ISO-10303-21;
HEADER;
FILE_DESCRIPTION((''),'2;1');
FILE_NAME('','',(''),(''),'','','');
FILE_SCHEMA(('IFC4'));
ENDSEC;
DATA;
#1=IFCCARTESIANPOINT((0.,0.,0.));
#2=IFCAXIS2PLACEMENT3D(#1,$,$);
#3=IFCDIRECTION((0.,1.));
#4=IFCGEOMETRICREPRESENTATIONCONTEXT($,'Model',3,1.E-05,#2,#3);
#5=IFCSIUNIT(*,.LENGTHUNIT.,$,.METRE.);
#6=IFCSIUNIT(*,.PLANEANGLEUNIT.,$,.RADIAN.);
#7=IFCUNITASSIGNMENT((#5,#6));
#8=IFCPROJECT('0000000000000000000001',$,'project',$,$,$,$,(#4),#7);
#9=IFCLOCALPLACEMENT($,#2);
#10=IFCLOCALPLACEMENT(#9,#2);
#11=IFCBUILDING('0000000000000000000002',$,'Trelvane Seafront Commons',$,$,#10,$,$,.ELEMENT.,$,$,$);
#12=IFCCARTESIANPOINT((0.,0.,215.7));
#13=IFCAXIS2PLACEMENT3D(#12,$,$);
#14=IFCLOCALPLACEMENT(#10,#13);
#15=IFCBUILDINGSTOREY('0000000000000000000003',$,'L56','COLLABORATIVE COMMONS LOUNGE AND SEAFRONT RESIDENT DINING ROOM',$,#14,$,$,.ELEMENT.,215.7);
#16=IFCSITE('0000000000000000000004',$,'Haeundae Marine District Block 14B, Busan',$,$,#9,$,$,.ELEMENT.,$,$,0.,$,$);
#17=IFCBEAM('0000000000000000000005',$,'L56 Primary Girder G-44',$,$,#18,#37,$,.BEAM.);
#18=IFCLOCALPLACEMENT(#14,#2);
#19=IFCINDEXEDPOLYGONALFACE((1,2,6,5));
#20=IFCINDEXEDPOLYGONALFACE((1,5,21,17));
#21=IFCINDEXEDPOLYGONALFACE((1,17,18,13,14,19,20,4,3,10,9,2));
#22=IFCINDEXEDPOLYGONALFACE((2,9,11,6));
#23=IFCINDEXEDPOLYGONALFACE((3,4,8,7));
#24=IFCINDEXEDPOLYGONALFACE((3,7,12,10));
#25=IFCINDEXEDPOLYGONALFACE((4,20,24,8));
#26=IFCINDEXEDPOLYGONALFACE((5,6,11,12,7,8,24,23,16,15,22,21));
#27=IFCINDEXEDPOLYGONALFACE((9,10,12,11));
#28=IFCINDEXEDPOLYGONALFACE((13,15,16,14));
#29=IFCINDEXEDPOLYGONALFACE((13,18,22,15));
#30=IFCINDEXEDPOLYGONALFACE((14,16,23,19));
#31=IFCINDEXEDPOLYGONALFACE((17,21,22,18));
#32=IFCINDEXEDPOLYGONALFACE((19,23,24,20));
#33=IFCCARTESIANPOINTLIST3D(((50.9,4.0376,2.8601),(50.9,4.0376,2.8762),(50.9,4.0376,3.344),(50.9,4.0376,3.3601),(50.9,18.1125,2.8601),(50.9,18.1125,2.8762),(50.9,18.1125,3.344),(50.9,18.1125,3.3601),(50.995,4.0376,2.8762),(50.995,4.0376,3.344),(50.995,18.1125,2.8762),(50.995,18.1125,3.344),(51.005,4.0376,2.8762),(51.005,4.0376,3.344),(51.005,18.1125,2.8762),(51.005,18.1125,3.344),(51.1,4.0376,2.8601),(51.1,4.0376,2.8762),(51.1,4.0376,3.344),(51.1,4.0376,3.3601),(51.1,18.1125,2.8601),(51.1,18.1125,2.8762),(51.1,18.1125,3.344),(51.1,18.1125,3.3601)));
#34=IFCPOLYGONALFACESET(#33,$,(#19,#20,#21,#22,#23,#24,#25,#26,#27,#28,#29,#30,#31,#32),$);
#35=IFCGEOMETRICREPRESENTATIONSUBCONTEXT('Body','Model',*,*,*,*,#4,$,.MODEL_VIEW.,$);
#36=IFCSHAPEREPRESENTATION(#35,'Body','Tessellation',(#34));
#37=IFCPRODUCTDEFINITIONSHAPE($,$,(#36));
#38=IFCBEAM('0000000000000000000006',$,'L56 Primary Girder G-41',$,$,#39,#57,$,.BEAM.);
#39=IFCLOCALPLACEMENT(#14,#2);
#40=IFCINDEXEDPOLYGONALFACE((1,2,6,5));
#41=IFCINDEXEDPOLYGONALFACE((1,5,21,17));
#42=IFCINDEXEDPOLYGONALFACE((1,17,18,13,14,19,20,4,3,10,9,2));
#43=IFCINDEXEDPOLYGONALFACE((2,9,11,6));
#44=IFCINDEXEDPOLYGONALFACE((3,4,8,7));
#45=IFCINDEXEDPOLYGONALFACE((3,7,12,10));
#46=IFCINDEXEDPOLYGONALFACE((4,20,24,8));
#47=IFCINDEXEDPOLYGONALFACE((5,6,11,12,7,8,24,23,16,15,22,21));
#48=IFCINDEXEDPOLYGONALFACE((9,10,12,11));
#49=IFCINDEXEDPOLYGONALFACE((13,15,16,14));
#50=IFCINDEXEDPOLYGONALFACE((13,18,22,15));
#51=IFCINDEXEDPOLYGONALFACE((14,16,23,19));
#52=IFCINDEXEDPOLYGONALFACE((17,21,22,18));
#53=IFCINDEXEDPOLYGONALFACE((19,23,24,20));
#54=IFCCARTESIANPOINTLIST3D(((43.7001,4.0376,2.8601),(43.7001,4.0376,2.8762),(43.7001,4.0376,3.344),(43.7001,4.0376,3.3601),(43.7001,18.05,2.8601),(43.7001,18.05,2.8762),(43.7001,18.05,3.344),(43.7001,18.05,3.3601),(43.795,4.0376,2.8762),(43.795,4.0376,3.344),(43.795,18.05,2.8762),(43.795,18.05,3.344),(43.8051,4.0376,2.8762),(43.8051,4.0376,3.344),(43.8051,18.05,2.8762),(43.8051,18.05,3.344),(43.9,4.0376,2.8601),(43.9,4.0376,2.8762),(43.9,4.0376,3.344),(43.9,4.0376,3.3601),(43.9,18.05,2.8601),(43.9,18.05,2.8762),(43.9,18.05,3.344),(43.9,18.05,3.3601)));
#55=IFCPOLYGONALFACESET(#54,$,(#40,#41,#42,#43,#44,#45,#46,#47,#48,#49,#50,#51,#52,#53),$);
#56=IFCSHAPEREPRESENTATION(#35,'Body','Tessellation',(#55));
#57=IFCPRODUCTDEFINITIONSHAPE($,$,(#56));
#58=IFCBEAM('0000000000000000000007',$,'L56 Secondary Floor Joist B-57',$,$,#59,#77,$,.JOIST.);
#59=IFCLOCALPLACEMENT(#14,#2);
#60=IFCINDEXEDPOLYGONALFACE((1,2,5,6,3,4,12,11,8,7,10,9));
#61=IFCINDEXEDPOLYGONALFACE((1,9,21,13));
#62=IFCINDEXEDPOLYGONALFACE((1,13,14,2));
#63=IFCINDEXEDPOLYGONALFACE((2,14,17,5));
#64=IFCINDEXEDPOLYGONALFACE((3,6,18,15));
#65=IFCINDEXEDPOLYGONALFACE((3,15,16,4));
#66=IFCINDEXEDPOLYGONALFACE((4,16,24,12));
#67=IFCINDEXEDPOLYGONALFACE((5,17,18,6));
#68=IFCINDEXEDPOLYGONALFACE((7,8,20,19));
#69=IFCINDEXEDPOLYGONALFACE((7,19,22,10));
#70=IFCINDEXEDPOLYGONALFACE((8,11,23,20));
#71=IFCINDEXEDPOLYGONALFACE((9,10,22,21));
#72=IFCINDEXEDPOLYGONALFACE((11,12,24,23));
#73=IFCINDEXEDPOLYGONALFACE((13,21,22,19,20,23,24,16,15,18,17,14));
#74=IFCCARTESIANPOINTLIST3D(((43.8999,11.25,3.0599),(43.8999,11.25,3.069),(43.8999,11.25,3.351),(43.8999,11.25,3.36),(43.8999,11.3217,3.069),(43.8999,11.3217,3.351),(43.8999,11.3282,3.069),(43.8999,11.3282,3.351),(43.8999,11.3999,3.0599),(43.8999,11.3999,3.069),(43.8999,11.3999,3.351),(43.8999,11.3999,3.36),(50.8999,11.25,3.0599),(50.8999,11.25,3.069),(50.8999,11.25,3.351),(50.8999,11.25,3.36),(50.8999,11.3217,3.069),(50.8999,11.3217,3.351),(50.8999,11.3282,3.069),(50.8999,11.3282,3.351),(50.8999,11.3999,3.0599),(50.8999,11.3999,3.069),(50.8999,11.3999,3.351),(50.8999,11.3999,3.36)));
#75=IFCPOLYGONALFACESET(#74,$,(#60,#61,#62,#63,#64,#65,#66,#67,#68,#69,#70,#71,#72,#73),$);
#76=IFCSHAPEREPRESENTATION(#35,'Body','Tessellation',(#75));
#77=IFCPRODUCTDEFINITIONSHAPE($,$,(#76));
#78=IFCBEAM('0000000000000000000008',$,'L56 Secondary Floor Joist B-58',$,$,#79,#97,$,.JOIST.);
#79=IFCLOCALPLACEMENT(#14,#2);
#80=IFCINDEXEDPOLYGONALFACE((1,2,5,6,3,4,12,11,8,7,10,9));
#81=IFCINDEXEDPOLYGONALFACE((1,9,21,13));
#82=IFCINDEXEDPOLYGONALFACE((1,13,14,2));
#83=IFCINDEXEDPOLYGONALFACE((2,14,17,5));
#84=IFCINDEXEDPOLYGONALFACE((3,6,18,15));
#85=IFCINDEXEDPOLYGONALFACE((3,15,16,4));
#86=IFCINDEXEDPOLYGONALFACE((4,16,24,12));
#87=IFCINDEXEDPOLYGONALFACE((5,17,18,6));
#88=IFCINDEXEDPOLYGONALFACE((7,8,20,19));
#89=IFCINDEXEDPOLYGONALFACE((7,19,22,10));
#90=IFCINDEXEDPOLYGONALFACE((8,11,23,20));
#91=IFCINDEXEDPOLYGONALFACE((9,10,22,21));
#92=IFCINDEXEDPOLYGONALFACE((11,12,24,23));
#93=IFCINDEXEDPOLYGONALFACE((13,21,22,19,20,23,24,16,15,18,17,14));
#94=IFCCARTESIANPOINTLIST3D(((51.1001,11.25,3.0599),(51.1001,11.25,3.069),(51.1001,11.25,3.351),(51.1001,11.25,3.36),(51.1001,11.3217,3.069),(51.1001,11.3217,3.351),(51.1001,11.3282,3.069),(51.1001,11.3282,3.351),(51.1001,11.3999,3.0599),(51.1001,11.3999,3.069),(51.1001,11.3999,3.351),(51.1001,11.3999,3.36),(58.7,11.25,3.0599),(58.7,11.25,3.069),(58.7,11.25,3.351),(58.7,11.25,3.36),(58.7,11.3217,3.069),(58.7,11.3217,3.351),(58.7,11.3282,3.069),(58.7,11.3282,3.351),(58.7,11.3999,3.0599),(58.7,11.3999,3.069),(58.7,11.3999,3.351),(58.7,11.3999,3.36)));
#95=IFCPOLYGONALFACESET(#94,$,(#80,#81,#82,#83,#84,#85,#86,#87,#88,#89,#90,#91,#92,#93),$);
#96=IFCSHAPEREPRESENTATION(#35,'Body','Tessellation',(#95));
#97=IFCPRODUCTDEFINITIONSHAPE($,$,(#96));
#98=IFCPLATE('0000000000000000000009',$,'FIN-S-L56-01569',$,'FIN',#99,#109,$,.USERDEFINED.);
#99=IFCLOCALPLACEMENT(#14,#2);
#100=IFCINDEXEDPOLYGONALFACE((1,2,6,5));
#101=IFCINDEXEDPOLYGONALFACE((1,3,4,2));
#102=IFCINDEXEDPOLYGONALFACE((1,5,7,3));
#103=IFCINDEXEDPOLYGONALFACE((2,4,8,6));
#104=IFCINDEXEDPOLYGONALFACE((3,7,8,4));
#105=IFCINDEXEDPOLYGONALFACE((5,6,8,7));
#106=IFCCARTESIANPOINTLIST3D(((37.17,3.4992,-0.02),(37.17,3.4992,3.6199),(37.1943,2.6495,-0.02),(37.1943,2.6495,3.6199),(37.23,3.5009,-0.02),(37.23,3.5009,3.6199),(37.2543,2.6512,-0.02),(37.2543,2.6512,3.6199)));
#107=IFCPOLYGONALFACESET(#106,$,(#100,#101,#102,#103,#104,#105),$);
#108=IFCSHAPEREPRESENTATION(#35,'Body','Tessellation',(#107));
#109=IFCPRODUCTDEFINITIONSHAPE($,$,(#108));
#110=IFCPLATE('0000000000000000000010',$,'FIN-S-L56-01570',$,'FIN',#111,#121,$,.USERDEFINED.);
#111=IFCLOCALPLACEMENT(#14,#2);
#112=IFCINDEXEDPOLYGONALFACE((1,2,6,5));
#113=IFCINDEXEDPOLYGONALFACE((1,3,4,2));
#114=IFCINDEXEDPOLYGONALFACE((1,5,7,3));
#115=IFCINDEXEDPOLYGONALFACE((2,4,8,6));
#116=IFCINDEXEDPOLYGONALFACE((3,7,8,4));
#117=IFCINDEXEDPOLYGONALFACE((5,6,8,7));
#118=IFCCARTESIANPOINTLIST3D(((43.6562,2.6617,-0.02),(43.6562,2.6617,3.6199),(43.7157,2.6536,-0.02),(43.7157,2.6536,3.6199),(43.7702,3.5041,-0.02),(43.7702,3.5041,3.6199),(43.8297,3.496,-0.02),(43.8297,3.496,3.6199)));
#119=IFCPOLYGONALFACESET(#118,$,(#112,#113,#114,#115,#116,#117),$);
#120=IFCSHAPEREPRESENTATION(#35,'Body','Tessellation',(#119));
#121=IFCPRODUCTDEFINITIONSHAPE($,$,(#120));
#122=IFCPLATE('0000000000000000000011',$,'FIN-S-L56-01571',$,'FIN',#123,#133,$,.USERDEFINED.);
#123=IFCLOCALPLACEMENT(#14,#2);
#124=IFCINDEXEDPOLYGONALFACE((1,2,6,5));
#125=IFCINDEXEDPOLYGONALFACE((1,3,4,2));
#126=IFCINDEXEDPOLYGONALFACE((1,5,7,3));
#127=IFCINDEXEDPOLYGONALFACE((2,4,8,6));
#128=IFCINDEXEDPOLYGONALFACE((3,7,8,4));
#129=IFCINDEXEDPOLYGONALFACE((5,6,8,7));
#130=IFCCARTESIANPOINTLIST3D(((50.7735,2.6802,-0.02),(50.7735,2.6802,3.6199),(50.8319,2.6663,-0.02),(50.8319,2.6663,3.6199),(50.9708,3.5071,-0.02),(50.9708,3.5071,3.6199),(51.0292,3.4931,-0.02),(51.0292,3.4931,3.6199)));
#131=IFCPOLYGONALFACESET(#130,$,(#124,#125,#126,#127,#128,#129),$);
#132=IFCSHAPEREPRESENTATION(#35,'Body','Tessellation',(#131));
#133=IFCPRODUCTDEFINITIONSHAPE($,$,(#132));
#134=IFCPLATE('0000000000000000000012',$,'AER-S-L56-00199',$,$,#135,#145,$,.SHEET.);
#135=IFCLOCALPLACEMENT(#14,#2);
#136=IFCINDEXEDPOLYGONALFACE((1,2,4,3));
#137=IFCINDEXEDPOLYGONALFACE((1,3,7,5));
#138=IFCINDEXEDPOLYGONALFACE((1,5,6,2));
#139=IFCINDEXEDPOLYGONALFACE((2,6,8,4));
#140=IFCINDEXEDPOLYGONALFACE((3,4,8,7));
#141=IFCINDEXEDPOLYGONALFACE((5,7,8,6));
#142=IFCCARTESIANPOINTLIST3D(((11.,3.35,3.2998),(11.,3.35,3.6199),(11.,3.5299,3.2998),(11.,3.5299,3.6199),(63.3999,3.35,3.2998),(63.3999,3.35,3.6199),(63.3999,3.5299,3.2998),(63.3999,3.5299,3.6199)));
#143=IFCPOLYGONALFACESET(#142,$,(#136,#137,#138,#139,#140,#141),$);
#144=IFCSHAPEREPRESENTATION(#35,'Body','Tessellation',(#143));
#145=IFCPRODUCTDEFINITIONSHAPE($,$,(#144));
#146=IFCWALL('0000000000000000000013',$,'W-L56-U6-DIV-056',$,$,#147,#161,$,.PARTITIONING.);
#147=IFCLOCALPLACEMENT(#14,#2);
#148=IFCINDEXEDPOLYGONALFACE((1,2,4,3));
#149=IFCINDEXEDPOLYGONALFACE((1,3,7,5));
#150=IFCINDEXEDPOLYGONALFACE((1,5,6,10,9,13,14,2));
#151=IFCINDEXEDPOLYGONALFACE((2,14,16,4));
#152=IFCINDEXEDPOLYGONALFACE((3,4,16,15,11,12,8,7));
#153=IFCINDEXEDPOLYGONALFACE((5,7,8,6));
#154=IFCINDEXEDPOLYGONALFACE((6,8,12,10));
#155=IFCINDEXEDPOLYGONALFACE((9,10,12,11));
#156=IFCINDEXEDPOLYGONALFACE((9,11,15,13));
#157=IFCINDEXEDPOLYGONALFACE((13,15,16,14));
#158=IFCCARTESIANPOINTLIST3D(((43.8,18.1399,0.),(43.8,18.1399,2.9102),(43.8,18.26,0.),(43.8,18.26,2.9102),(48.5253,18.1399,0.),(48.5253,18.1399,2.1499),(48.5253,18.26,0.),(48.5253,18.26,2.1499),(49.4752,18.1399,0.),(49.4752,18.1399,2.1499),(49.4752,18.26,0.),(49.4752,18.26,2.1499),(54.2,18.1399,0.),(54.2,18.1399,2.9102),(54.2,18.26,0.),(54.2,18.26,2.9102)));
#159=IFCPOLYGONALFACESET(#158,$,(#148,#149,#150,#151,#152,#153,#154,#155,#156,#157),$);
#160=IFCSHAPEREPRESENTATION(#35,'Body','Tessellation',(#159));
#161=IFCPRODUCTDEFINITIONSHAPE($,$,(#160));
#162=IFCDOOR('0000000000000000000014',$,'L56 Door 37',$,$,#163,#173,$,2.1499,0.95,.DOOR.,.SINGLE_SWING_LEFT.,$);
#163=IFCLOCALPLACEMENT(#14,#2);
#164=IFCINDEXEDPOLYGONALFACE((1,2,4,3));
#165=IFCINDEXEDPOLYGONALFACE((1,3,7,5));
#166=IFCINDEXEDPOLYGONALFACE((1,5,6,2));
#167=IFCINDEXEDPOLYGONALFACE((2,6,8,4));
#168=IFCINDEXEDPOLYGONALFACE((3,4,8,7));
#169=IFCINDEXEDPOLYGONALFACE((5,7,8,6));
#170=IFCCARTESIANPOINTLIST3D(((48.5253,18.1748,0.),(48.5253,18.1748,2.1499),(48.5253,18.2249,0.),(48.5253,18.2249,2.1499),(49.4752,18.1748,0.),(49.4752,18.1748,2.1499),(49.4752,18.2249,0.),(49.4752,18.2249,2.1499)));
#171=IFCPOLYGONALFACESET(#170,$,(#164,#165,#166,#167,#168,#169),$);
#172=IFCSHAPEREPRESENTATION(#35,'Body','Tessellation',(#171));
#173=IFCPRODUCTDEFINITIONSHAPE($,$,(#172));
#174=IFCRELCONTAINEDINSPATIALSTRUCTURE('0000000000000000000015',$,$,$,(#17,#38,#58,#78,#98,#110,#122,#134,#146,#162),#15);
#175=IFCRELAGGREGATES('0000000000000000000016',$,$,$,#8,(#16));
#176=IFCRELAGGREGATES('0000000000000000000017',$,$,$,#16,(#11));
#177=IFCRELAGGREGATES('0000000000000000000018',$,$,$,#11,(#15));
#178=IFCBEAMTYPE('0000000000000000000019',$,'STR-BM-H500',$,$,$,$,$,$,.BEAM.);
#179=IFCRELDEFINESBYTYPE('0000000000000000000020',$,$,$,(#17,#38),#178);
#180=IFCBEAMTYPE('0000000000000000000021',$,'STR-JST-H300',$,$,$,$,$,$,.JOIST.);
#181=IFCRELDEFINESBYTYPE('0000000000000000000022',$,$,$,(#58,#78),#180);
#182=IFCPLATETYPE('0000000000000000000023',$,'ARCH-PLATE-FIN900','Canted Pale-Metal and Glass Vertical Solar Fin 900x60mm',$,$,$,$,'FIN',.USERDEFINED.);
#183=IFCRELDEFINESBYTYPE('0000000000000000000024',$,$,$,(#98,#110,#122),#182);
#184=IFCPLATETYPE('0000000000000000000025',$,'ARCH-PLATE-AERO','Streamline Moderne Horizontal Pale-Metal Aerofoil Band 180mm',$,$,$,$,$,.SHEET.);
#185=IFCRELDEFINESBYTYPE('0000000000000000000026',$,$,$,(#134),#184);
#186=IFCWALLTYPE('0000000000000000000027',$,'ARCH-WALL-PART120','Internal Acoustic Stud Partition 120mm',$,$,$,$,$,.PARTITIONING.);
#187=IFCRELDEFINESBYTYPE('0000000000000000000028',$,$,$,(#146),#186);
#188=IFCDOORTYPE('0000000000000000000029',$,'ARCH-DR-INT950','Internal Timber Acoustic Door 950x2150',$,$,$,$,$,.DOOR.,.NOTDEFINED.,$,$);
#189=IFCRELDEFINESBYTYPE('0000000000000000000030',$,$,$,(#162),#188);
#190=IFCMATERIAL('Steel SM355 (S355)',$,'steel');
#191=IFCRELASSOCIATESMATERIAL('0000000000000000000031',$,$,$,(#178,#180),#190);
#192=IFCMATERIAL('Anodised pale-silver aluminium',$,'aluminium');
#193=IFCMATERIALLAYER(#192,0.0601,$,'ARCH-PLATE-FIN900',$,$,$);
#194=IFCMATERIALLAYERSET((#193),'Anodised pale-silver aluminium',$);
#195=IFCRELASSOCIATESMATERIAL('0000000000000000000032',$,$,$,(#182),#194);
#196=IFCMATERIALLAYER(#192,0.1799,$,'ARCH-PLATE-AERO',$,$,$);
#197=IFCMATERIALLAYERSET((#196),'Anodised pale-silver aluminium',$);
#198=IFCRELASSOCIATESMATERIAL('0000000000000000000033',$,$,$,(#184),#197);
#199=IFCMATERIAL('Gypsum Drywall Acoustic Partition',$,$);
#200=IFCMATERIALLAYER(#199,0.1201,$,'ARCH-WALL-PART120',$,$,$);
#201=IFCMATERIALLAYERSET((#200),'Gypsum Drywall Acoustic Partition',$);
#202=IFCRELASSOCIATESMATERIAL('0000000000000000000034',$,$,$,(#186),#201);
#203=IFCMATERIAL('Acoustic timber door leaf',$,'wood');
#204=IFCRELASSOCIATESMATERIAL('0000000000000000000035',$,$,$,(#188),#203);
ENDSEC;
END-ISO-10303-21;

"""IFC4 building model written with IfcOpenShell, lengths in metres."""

from ifc_helpers import new_model, si_unit, direction, frame, frame_2d, origin, origin_2d, place, context, subcontext, project, spatial, rectangle, i_section, extrude, source, transform, mapped, material, layer, layer_set, material_profile, profile_set, type_object, element, fill, save


model = new_model("IFC4")

# Units and contexts
model_context = context("Model", 3, precision=1e-05, world=origin(), true_north=direction((0.0, 1.0)))
body_context = subcontext(model_context, "Body", "Model", "MODEL_VIEW")
ifc_project = project(units=[si_unit("LENGTHUNIT", "METRE"), si_unit("PLANEANGLEUNIT", "RADIAN")], contexts=[model_context])

# Site, building, storey
site_placement = place(None, origin())
site = spatial("IfcSite", under=ifc_project, at=site_placement, Name="Haeundae Marine District Block 14B, Busan", CompositionType="ELEMENT", RefElevation=0.0)
building_placement = place(site_placement, origin())
building = spatial("IfcBuilding", under=site, at=building_placement, Name="Trelvane Seafront Commons", CompositionType="ELEMENT")
storey_placement = place(building_placement, frame((0.0, 0.0, 215.7)))
storey = spatial("IfcBuildingStorey", under=building, at=storey_placement, Name="L56", Description="COLLABORATIVE COMMONS LOUNGE AND SEAFRONT RESIDENT DINING ROOM", CompositionType="ELEMENT", Elevation=215.7)

# Shared definitions
ifc_material_1 = material(Name="Steel SM355 (S355)", Category="steel")

# Beams
ifc_material_profile_1 = material_profile(ifc_material_1, i_section(OverallWidth=0.2, OverallDepth=0.5, WebThickness=0.01, FlangeThickness=0.0161, at=origin_2d()), Name="H-500x200x10x16")
ifc_profile_set_1 = profile_set([ifc_material_profile_1], Name="Steel SM355 (S355)")
beam_type_1 = type_object("IfcBeamType", Name="STR-BM-H500", PredefinedType="BEAM", material=ifc_profile_set_1)
shared_shape_1 = source(origin(), body_context, "Body", "SweptSolid", [
    extrude(i_section(OverallWidth=0.2, OverallDepth=0.5, WebThickness=0.01, FlangeThickness=0.0161, at=origin_2d()), origin(), (0.0, 0.0, 1.0), 14.075),
])
beam_1_placement = place(storey_placement, frame((51.0, 4.0376, 3.1101), z_axis=(0.0, 1.0, 0.0), x_axis=(-1.0, 0.0, 0.0)))
element("IfcBeam", 1, at=beam_1_placement, inside=storey, type_object=beam_type_1, Name="L56 Primary Girder G-44", PredefinedType="BEAM", context=body_context, shape_type="MappedRepresentation", body=[
    mapped(shared_shape_1, transform((0.0, 0.0, 0.0), x_axis=(1.0, 0.0, 0.0), y_axis=(0.0, 1.0, 0.0), z_axis=(0.0, 0.0, 1.0), scale=1.0)),
])
shared_shape_2 = source(origin(), body_context, "Body", "SweptSolid", [
    extrude(i_section(OverallWidth=0.2, OverallDepth=0.5, WebThickness=0.01, FlangeThickness=0.0161, at=origin_2d()), origin(), (0.0, 0.0, 1.0), 14.0125),
])
beam_2_placement = place(storey_placement, frame((43.8, 4.0376, 3.1101), z_axis=(0.0, 1.0, 0.0), x_axis=(-1.0, 0.0, 0.0)))
element("IfcBeam", 2, at=beam_2_placement, inside=storey, type_object=beam_type_1, Name="L56 Primary Girder G-41", PredefinedType="BEAM", context=body_context, shape_type="MappedRepresentation", body=[
    mapped(shared_shape_2, transform((0.0, 0.0, 0.0), x_axis=(1.0, 0.0, 0.0), y_axis=(0.0, 1.0, 0.0), z_axis=(0.0, 0.0, 1.0), scale=1.0)),
])
ifc_material_profile_2 = material_profile(ifc_material_1, i_section(OverallWidth=0.1499, OverallDepth=0.3, WebThickness=0.0066, FlangeThickness=0.009, at=origin_2d()), Name="H-300x150x6.5x9")
ifc_profile_set_2 = profile_set([ifc_material_profile_2], Name="Steel SM355 (S355)")
beam_type_2 = type_object("IfcBeamType", Name="STR-JST-H300", PredefinedType="JOIST", material=ifc_profile_set_2)
shared_shape_3 = source(origin(), body_context, "Body", "SweptSolid", [
    extrude(i_section(OverallWidth=0.1499, OverallDepth=0.3, WebThickness=0.0066, FlangeThickness=0.009, at=origin_2d()), origin(), (0.0, 0.0, 1.0), 7.0),
])
beam_3_placement = place(storey_placement, frame((43.8999, 11.325, 3.21), z_axis=(1.0, 0.0, 0.0), x_axis=(0.0, 1.0, 0.0)))
element("IfcBeam", 3, at=beam_3_placement, inside=storey, type_object=beam_type_2, Name="L56 Secondary Floor Joist B-57", PredefinedType="JOIST", context=body_context, shape_type="MappedRepresentation", body=[
    mapped(shared_shape_3, transform((0.0, 0.0, 0.0), x_axis=(1.0, 0.0, 0.0), y_axis=(0.0, 1.0, 0.0), z_axis=(0.0, 0.0, 1.0), scale=1.0)),
])
shared_shape_4 = source(origin(), body_context, "Body", "SweptSolid", [
    extrude(i_section(OverallWidth=0.1499, OverallDepth=0.3, WebThickness=0.0066, FlangeThickness=0.009, at=origin_2d()), origin(), (0.0, 0.0, 1.0), 7.5999),
])
beam_4_placement = place(storey_placement, frame((51.1001, 11.325, 3.21), z_axis=(1.0, 0.0, 0.0), x_axis=(0.0, 1.0, 0.0)))
element("IfcBeam", 4, at=beam_4_placement, inside=storey, type_object=beam_type_2, Name="L56 Secondary Floor Joist B-58", PredefinedType="JOIST", context=body_context, shape_type="MappedRepresentation", body=[
    mapped(shared_shape_4, transform((0.0, 0.0, 0.0), x_axis=(1.0, 0.0, 0.0), y_axis=(0.0, 1.0, 0.0), z_axis=(0.0, 0.0, 1.0), scale=1.0)),
])

# Plates
ifc_material_2 = material(Name="Anodised pale-silver aluminium", Category="aluminium")
ifc_layer_1 = layer(ifc_material_2, 0.0601, Name="ARCH-PLATE-FIN900")
ifc_layer_set_1 = layer_set([ifc_layer_1], Name="Anodised pale-silver aluminium")
plate_type_1 = type_object("IfcPlateType", Name="ARCH-PLATE-FIN900", Description="Canted Pale-Metal and Glass Vertical Solar Fin 900x60mm", ElementType="FIN", PredefinedType="USERDEFINED", material=ifc_layer_set_1)
shared_shape_5 = source(origin(), body_context, "Body", "SweptSolid", [
    extrude(rectangle(XDim=0.8501, YDim=0.0601, at=origin_2d()), origin(), (0.0, 0.0, 1.0), 3.6399),
])
for number, where, z_axis, x_axis, name in (
    (5, (37.2122, 3.0752, -0.02), (0.0, 0.0, 1.0), (0.028586, -0.999591, 0.0), "FIN-S-L56-01569"),
    (6, (43.7429, 3.0789, -0.02), (0.0, 0.0, 1.0), (-0.134121, -0.990965, 0.0), "FIN-S-L56-01570"),
    (7, (50.9014, 3.0867, -0.02), (0.0, 0.0, 1.0), (-0.232113, -0.972689, 0.0), "FIN-S-L56-01571"),
):
    element("IfcPlate", number, at=place(storey_placement, frame(where, z_axis=z_axis, x_axis=x_axis)), inside=storey, type_object=plate_type_1, Name=name, ObjectType="FIN", PredefinedType="USERDEFINED", context=body_context, shape_type="MappedRepresentation", body=[
        mapped(shared_shape_5, transform((0.0, 0.0, 0.0), x_axis=(1.0, 0.0, 0.0), y_axis=(0.0, 1.0, 0.0), z_axis=(0.0, 0.0, 1.0), scale=1.0)),
    ])
ifc_layer_2 = layer(ifc_material_2, 0.1799, Name="ARCH-PLATE-AERO")
ifc_layer_set_2 = layer_set([ifc_layer_2], Name="Anodised pale-silver aluminium")
plate_type_2 = type_object("IfcPlateType", Name="ARCH-PLATE-AERO", Description="Streamline Moderne Horizontal Pale-Metal Aerofoil Band 180mm", PredefinedType="SHEET", material=ifc_layer_set_2)
shared_shape_6 = source(origin(), body_context, "Body", "SweptSolid", [
    extrude(rectangle(XDim=52.3999, YDim=0.1799, at=origin_2d()), origin(), (0.0, 0.0, 1.0), 0.3201),
])
plate_placement = place(storey_placement, frame((37.2, 3.4399, 3.2998), z_axis=(0.0, 0.0, 1.0), x_axis=(-1.0, 0.0, 0.0)))
element("IfcPlate", 8, at=plate_placement, inside=storey, type_object=plate_type_2, Name="AER-S-L56-00199", PredefinedType="SHEET", context=body_context, shape_type="MappedRepresentation", body=[
    mapped(shared_shape_6, transform((0.0, 0.0, 0.0), x_axis=(1.0, 0.0, 0.0), y_axis=(0.0, 1.0, 0.0), z_axis=(0.0, 0.0, 1.0), scale=1.0)),
])

# Wall, opening, door
ifc_material_3 = material(Name="Gypsum Drywall Acoustic Partition")
ifc_layer_3 = layer(ifc_material_3, 0.1201, Name="ARCH-WALL-PART120")
ifc_layer_set_3 = layer_set([ifc_layer_3], Name="Gypsum Drywall Acoustic Partition")
wall_type_1 = type_object("IfcWallType", Name="ARCH-WALL-PART120", Description="Internal Acoustic Stud Partition 120mm", PredefinedType="PARTITIONING", material=ifc_layer_set_3)
wall_1_placement = place(storey_placement, frame((43.8, 18.2, 0.0), z_axis=(0.0, 0.0, 1.0), x_axis=(1.0, 0.0, 0.0)))
wall_1 = element("IfcWall", 9, at=wall_1_placement, inside=storey, type_object=wall_type_1, Name="W-L56-U6-DIV-056", PredefinedType="PARTITIONING", context=body_context, shape_type="SweptSolid", body=[
    extrude(rectangle(XDim=10.3999, YDim=0.1201, at=frame_2d((5.2, 0.0))), origin(), (0.0, 0.0, 1.0), 2.9102),
])
opening_placement = place(wall_1_placement, frame((4.7251, 0.0, 0.0)))
opening = element("IfcOpeningElement", 10, at=opening_placement, cuts=wall_1, PredefinedType="OPENING", context=body_context, shape_type="SweptSolid", body=[
    extrude(rectangle(XDim=0.95, YDim=2.1499, at=frame_2d((0.4751, 1.075))), frame((0.0, 0.0701, 0.0), z_axis=(0.0, -1.0, 0.0), x_axis=(1.0, 0.0, 0.0)), (0.0, 0.0, 1.0), 0.1401),
])
ifc_material_4 = material(Name="Acoustic timber door leaf", Category="wood")
door_type = type_object("IfcDoorType", Name="ARCH-DR-INT950", Description="Internal Timber Acoustic Door 950x2150", OperationType="NOTDEFINED", PredefinedType="DOOR", material=ifc_material_4)
shared_shape_7 = source(origin(), body_context, "Body", "SweptSolid", [
    extrude(rectangle(XDim=0.95, YDim=2.1499, at=frame_2d((0.4751, 1.075))), frame((0.0, 0.0249, 0.0), z_axis=(0.0, -1.0, 0.0), x_axis=(1.0, 0.0, 0.0)), (0.0, 0.0, 1.0), 0.05),
])
door_placement = place(opening_placement, origin())
door = element("IfcDoor", 11, at=door_placement, inside=storey, type_object=door_type, Name="L56 Door 37", OperationType="SINGLE_SWING_LEFT", OverallHeight=2.1499, OverallWidth=0.95, PredefinedType="DOOR", context=body_context, shape_type="MappedRepresentation", body=[
    mapped(shared_shape_7, transform((0.0, 0.0, 0.0), x_axis=(1.0, 0.0, 0.0), y_axis=(0.0, 1.0, 0.0), z_axis=(0.0, 0.0, 1.0), scale=1.0)),
])
fill(opening, door)

save(model, "model.ifc")
